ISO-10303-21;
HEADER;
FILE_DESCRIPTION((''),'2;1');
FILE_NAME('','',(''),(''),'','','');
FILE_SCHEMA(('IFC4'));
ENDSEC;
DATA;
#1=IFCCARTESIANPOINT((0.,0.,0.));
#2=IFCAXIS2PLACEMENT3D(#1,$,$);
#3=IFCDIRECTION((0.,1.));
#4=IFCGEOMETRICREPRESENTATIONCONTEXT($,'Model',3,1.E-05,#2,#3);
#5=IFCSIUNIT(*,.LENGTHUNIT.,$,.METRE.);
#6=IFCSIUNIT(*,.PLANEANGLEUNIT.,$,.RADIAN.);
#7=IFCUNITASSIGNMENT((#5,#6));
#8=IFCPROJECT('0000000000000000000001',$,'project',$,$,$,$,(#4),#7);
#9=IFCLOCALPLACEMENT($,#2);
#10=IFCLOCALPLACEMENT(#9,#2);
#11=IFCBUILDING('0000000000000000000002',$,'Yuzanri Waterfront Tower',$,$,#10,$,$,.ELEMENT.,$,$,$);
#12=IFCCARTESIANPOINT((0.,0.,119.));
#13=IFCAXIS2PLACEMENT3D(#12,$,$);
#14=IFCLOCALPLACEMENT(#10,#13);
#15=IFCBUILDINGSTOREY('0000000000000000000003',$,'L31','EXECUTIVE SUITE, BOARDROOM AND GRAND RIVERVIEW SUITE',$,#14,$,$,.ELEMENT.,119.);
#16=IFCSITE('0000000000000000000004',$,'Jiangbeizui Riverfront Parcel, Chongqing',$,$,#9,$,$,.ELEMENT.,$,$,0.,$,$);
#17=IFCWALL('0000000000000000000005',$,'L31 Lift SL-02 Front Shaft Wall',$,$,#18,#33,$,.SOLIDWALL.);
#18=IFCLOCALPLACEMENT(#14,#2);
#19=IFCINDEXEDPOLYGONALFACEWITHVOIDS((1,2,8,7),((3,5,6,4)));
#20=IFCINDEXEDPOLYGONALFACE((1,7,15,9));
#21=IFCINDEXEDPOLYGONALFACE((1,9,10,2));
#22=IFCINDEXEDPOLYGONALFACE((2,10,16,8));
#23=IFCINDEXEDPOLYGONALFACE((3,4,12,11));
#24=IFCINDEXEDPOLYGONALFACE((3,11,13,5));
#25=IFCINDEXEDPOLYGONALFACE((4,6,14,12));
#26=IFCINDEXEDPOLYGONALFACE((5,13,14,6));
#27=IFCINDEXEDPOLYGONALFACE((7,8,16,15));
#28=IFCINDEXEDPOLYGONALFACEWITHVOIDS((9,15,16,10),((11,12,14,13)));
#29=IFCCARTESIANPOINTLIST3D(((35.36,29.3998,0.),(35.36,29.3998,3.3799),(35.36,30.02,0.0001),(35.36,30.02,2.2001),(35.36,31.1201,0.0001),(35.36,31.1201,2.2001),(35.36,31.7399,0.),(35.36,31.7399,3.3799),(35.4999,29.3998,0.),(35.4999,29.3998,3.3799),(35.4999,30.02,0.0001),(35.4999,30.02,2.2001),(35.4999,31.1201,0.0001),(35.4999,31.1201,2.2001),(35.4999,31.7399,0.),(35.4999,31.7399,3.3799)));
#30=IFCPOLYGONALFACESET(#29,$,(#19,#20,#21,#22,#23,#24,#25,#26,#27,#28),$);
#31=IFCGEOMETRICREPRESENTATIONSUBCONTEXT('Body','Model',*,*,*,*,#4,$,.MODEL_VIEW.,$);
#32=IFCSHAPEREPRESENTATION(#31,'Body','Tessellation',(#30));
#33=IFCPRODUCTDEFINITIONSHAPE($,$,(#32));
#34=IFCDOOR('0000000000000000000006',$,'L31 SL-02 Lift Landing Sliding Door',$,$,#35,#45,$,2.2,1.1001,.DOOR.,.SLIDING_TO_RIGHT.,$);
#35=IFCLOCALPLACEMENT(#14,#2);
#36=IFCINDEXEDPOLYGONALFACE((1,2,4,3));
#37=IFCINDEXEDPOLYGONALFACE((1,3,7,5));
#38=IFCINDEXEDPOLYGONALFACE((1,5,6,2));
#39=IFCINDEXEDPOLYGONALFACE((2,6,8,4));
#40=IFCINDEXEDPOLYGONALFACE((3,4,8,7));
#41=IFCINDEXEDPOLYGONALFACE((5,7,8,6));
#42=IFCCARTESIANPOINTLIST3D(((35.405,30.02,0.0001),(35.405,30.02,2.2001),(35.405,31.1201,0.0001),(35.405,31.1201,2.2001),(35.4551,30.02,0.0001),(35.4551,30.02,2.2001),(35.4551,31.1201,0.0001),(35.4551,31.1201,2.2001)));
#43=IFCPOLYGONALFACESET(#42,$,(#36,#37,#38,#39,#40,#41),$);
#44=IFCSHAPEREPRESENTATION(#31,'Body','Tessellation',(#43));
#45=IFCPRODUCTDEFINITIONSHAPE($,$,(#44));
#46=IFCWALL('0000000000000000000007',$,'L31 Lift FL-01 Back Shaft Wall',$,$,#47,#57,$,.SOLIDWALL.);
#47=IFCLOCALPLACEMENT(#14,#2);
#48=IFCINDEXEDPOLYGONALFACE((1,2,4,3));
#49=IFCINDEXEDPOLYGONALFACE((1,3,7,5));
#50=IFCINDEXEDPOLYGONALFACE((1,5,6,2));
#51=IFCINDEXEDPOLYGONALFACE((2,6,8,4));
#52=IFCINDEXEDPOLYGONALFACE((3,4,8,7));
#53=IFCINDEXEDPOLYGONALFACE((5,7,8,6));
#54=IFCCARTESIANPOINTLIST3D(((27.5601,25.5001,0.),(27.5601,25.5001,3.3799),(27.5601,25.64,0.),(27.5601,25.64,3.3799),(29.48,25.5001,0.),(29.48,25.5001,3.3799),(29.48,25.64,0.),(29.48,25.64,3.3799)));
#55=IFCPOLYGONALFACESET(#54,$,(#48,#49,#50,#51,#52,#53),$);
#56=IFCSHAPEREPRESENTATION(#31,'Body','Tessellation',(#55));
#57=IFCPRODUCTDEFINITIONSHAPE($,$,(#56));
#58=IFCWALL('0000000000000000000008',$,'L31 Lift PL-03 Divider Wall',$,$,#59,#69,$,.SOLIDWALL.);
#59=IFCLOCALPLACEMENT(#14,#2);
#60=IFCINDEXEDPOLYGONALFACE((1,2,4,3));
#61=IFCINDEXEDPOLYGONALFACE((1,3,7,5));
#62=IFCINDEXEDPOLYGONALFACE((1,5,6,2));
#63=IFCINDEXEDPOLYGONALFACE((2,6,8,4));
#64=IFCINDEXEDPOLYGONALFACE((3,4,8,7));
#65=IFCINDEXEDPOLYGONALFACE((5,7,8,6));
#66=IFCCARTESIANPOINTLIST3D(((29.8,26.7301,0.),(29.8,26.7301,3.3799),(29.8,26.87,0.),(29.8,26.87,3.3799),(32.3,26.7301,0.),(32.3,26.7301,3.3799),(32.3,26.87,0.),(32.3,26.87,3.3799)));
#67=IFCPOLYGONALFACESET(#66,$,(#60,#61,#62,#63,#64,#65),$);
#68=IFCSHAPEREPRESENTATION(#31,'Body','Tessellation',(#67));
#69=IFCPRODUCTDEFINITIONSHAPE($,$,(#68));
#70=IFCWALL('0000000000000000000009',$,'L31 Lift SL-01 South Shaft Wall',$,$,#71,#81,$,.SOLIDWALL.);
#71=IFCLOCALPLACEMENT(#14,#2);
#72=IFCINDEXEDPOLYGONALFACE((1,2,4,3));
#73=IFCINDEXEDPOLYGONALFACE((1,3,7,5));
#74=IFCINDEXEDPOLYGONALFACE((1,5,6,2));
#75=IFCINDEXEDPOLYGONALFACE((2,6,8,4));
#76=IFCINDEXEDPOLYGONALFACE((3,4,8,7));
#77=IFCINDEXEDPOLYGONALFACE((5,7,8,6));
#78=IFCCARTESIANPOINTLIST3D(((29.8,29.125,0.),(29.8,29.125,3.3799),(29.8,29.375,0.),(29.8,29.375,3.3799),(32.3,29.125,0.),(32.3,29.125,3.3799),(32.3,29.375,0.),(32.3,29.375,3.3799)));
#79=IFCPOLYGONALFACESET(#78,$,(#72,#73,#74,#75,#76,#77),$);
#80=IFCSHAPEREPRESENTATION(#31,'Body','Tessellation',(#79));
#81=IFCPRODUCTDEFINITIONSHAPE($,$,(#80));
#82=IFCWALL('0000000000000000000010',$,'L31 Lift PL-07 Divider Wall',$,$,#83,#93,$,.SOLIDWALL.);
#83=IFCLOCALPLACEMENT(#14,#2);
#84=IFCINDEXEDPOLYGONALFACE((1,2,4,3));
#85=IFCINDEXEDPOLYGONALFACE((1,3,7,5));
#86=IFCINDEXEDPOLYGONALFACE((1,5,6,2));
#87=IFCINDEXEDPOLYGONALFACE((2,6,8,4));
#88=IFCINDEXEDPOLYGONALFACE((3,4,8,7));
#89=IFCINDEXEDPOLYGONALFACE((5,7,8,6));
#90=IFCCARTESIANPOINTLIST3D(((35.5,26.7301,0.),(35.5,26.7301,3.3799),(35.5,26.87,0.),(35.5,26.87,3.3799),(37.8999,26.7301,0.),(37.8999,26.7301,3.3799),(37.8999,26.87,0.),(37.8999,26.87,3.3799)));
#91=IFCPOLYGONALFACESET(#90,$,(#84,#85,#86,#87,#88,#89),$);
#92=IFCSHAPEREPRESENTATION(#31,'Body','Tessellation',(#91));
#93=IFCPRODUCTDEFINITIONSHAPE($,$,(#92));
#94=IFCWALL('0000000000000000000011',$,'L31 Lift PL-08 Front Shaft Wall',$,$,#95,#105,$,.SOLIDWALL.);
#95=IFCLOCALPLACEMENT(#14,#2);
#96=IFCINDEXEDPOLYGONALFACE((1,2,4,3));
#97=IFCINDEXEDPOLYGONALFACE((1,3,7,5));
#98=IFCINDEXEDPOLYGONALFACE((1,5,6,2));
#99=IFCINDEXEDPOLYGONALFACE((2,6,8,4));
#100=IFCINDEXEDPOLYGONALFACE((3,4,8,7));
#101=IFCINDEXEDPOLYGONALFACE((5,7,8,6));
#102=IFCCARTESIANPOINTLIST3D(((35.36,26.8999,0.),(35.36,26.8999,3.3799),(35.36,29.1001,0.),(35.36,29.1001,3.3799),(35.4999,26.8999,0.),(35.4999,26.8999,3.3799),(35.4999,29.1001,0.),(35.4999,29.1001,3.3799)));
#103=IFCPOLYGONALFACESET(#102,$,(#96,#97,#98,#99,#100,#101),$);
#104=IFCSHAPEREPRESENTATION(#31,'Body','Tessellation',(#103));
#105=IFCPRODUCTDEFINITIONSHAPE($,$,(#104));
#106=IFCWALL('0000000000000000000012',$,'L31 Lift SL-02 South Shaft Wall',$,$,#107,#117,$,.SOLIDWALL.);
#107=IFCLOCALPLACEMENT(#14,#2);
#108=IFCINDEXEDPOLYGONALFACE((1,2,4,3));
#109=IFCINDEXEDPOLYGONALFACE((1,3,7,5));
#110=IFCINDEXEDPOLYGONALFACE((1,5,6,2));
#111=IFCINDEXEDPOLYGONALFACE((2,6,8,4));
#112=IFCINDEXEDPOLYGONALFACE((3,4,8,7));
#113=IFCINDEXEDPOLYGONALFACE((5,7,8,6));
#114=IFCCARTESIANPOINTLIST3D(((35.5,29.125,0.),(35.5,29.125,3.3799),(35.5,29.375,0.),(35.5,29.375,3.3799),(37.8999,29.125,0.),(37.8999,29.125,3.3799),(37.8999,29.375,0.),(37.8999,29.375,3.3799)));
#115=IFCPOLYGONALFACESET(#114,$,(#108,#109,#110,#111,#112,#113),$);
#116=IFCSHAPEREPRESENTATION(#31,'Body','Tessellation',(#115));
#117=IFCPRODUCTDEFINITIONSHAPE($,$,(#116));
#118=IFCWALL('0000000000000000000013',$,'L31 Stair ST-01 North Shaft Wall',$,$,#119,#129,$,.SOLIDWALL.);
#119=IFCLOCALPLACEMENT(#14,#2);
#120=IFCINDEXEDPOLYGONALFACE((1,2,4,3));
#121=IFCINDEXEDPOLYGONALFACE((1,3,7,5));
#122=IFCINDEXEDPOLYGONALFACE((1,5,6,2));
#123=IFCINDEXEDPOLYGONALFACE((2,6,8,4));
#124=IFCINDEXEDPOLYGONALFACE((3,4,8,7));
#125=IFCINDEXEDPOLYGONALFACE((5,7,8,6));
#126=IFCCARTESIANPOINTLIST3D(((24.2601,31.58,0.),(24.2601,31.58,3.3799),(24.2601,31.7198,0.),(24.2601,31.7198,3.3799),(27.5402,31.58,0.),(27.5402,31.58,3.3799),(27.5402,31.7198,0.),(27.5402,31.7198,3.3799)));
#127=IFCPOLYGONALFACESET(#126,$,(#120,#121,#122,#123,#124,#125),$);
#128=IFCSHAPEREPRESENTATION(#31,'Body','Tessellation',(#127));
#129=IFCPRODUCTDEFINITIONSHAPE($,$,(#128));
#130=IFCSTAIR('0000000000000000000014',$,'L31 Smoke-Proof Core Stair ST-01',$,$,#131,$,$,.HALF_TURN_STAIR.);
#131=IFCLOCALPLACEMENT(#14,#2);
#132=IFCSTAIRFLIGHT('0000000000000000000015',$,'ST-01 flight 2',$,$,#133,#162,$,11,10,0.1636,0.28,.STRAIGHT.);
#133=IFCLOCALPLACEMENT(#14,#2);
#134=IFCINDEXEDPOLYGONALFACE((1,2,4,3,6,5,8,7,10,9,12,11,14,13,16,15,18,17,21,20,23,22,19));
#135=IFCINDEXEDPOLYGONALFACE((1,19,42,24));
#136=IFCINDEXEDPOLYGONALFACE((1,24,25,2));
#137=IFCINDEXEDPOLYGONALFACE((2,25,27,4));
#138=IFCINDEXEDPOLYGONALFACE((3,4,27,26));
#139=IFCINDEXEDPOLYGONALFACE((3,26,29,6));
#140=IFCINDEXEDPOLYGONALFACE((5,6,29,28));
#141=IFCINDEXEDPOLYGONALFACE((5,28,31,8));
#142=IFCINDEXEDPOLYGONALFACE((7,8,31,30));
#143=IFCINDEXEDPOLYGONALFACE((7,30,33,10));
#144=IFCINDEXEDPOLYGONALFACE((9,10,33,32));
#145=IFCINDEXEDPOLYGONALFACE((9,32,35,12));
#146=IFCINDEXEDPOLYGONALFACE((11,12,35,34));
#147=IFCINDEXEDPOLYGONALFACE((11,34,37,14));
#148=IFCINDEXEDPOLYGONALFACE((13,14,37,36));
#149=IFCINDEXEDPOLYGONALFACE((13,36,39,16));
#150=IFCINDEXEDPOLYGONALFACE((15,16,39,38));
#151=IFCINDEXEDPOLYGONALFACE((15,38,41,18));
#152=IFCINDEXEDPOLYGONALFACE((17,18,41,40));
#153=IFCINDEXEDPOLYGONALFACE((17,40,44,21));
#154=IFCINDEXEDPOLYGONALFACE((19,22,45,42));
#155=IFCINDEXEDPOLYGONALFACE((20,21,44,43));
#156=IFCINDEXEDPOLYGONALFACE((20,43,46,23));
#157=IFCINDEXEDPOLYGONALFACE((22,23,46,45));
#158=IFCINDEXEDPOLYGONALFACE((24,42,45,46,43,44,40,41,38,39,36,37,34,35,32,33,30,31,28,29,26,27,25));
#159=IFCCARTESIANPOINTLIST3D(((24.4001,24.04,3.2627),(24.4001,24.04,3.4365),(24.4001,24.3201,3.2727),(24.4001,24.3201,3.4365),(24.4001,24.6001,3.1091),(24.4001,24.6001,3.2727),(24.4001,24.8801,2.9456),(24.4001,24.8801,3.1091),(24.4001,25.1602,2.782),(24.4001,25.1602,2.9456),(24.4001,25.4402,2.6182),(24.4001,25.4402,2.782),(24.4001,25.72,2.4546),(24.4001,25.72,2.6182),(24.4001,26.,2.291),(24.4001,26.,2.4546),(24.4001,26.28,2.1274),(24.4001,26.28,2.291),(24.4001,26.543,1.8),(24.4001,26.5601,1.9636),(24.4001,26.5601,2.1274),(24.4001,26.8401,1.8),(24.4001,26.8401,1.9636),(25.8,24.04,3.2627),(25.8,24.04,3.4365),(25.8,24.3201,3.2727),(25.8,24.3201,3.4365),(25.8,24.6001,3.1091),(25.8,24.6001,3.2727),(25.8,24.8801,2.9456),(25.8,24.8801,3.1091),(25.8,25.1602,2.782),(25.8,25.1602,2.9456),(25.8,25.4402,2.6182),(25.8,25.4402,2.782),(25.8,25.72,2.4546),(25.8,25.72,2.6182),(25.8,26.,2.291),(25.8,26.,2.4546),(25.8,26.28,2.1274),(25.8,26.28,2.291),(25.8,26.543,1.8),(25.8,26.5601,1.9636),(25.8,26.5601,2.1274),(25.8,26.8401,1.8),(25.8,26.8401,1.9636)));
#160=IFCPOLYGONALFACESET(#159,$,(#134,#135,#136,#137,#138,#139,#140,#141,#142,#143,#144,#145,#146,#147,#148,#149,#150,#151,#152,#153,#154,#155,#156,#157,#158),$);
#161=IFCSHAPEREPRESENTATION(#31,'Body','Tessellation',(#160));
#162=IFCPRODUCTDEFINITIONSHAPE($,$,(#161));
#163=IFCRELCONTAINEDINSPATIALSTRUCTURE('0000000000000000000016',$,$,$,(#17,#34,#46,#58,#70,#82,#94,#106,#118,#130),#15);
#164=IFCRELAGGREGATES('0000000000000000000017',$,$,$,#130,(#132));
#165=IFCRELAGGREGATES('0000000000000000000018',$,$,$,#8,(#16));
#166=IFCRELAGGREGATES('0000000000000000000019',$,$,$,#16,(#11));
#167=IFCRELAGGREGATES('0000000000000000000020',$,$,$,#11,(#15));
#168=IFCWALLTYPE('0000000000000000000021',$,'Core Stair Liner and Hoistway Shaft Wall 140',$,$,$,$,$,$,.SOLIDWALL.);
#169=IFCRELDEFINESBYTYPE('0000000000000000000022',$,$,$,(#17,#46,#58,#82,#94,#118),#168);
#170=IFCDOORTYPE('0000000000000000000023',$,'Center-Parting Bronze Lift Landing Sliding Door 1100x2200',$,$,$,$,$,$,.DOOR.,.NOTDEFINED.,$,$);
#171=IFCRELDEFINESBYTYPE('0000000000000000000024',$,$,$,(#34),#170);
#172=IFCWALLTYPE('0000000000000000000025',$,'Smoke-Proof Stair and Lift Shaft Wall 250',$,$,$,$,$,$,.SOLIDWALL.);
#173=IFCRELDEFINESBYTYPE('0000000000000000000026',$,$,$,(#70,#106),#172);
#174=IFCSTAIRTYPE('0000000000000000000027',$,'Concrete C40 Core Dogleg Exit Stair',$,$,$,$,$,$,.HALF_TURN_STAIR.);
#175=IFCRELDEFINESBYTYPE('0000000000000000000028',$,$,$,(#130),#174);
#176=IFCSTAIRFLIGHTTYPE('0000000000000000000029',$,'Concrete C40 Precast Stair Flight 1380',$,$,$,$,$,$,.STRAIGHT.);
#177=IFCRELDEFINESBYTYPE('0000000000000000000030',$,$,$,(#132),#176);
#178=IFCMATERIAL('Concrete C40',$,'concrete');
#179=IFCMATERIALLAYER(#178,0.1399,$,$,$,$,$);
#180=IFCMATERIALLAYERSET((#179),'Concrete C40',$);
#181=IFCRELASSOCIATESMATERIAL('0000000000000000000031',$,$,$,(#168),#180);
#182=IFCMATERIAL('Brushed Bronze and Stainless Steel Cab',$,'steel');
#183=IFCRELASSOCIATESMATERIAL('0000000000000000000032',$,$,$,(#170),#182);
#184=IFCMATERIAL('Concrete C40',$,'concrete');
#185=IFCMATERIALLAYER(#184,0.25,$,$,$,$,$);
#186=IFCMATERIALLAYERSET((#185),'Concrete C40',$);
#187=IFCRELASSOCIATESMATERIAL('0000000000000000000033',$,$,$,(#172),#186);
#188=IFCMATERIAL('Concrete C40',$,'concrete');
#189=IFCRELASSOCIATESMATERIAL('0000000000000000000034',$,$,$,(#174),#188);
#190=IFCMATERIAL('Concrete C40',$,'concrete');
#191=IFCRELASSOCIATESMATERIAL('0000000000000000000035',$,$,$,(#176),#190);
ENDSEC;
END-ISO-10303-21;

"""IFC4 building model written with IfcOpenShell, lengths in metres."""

from ifc_helpers import new_model, si_unit, direction, frame, frame_2d, origin, place, context, subcontext, project, spatial, polyline, rectangle, outline, extrude, source, transform, mapped, material, layer, layer_set, type_object, element, fill, aggregate, save


model = new_model("IFC4")

# Units and contexts
model_context = context("Model", 3, precision=1e-05, world=origin(), true_north=direction((0.0, 1.0)))
body_context = subcontext(model_context, "Body", "Model", "MODEL_VIEW")
ifc_project = project(units=[si_unit("LENGTHUNIT", "METRE"), si_unit("PLANEANGLEUNIT", "RADIAN")], contexts=[model_context])

# Site, building, storey
site_placement = place(None, origin())
site = spatial("IfcSite", under=ifc_project, at=site_placement, Name="Jiangbeizui Riverfront Parcel, Chongqing", CompositionType="ELEMENT", RefElevation=0.0)
building_placement = place(site_placement, origin())
building = spatial("IfcBuilding", under=site, at=building_placement, Name="Yuzanri Waterfront Tower", CompositionType="ELEMENT")
storey_placement = place(building_placement, frame((0.0, 0.0, 119.0)))
storey = spatial("IfcBuildingStorey", under=building, at=storey_placement, Name="L31", Description="EXECUTIVE SUITE, BOARDROOM AND GRAND RIVERVIEW SUITE", CompositionType="ELEMENT", Elevation=119.0)

# Wall, opening, door
ifc_material_1 = material(Name="Concrete C40", Category="concrete")
ifc_layer_1 = layer(ifc_material_1, 0.1399)
ifc_layer_set_1 = layer_set([ifc_layer_1], Name="Concrete C40")
wall_type_1 = type_object("IfcWallType", Name="Core Stair Liner and Hoistway Shaft Wall 140", PredefinedType="SOLIDWALL", material=ifc_layer_set_1)
ifc_material_2 = material(Name="Brushed Bronze and Stainless Steel Cab", Category="steel")
door_type_1 = type_object("IfcDoorType", Name="Center-Parting Bronze Lift Landing Sliding Door 1100x2200", OperationType="NOTDEFINED", PredefinedType="DOOR", material=ifc_material_2)
shared_shape_1 = source(origin(), body_context, "Body", "SweptSolid", [
    extrude(rectangle(XDim=1.1001, YDim=2.2, at=frame_2d((0.55, 1.1001))), frame((0.0, 0.0249, 0.0), z_axis=(0.0, -1.0, 0.0), x_axis=(1.0, 0.0, 0.0)), (0.0, 0.0, 1.0), 0.05),
])
wall_1_placement = place(storey_placement, frame((35.4299, 29.3999, 0.0), z_axis=(0.0, 0.0, 1.0), x_axis=(0.0, 1.0, 0.0)))
wall_1 = element("IfcWall", 1, at=wall_1_placement, inside=storey, type_object=wall_type_1, Name="L31 Lift SL-02 Front Shaft Wall", PredefinedType="SOLIDWALL", context=body_context, shape_type="SweptSolid", body=[
    extrude(rectangle(XDim=2.3401, YDim=0.1399, at=frame_2d((1.1699, 0.0))), origin(), (0.0, 0.0, 1.0), 3.3799),
])
opening_1_placement = place(wall_1_placement, frame((0.6201, 0.0, 0.0)))
opening_1 = element("IfcOpeningElement", 2, at=opening_1_placement, cuts=wall_1, PredefinedType="OPENING", context=body_context, shape_type="SweptSolid", body=[
    extrude(rectangle(XDim=1.1001, YDim=2.2, at=frame_2d((0.55, 1.1001))), frame((0.0, 0.085, 0.0), z_axis=(0.0, -1.0, 0.0), x_axis=(1.0, 0.0, 0.0)), (0.0, 0.0, 1.0), 0.1697),
])
door_1_placement = place(opening_1_placement, origin())
door_1 = element("IfcDoor", 3, at=door_1_placement, inside=storey, type_object=door_type_1, Name="L31 SL-02 Lift Landing Sliding Door", OperationType="SLIDING_TO_RIGHT", OverallHeight=2.2, OverallWidth=1.1001, PredefinedType="DOOR", context=body_context, shape_type="MappedRepresentation", body=[
    mapped(shared_shape_1, transform((0.0, 0.0, 0.0), scale=1.0)),
])
fill(opening_1, door_1)

# Walls
shared_shape_2 = source(origin(), body_context, "Body", "SweptSolid", [
    extrude(rectangle(XDim=1.9199, YDim=0.1399, at=frame_2d((0.96, 0.0))), origin(), (0.0, 0.0, 1.0), 3.3799),
])
wall_2_placement = place(storey_placement, frame((27.5601, 25.5701, 0.0), z_axis=(0.0, 0.0, 1.0), x_axis=(1.0, 0.0, 0.0)))
element("IfcWall", 4, at=wall_2_placement, inside=storey, type_object=wall_type_1, Name="L31 Lift FL-01 Back Shaft Wall", PredefinedType="SOLIDWALL", context=body_context, shape_type="MappedRepresentation", body=[
    mapped(shared_shape_2, transform((0.0, 0.0, 0.0), scale=1.0)),
])
shared_shape_3 = source(origin(), body_context, "Body", "SweptSolid", [
    extrude(rectangle(XDim=2.5, YDim=0.1399, at=frame_2d((1.25, 0.0))), origin(), (0.0, 0.0, 1.0), 3.3799),
])
wall_3_placement = place(storey_placement, frame((29.8, 26.8, 0.0), z_axis=(0.0, 0.0, 1.0), x_axis=(1.0, 0.0, 0.0)))
element("IfcWall", 5, at=wall_3_placement, inside=storey, type_object=wall_type_1, Name="L31 Lift PL-03 Divider Wall", PredefinedType="SOLIDWALL", context=body_context, shape_type="MappedRepresentation", body=[
    mapped(shared_shape_3, transform((0.0, 0.0, 0.0), scale=1.0)),
])
ifc_material_3 = material(Name="Concrete C40", Category="concrete")
ifc_layer_2 = layer(ifc_material_3, 0.25)
ifc_layer_set_2 = layer_set([ifc_layer_2], Name="Concrete C40")
wall_type_2 = type_object("IfcWallType", Name="Smoke-Proof Stair and Lift Shaft Wall 250", PredefinedType="SOLIDWALL", material=ifc_layer_set_2)
shared_shape_4 = source(origin(), body_context, "Body", "SweptSolid", [
    extrude(rectangle(XDim=2.5, YDim=0.25, at=frame_2d((1.25, 0.0))), origin(), (0.0, 0.0, 1.0), 3.3799),
])
wall_4_placement = place(storey_placement, frame((29.8, 29.25, 0.0), z_axis=(0.0, 0.0, 1.0), x_axis=(1.0, 0.0, 0.0)))
element("IfcWall", 6, at=wall_4_placement, inside=storey, type_object=wall_type_2, Name="L31 Lift SL-01 South Shaft Wall", PredefinedType="SOLIDWALL", context=body_context, shape_type="MappedRepresentation", body=[
    mapped(shared_shape_4, transform((0.0, 0.0, 0.0), scale=1.0)),
])
shared_shape_5 = source(origin(), body_context, "Body", "SweptSolid", [
    extrude(rectangle(XDim=2.3999, YDim=0.1399, at=frame_2d((1.2, 0.0))), origin(), (0.0, 0.0, 1.0), 3.3799),
])
wall_5_placement = place(storey_placement, frame((35.5, 26.8, 0.0), z_axis=(0.0, 0.0, 1.0), x_axis=(1.0, 0.0, 0.0)))
element("IfcWall", 7, at=wall_5_placement, inside=storey, type_object=wall_type_1, Name="L31 Lift PL-07 Divider Wall", PredefinedType="SOLIDWALL", context=body_context, shape_type="MappedRepresentation", body=[
    mapped(shared_shape_5, transform((0.0, 0.0, 0.0), scale=1.0)),
])
shared_shape_6 = source(origin(), body_context, "Body", "SweptSolid", [
    extrude(rectangle(XDim=2.2002, YDim=0.1399, at=frame_2d((1.1001, 0.0))), origin(), (0.0, 0.0, 1.0), 3.3799),
])
wall_6_placement = place(storey_placement, frame((35.4299, 26.8999, 0.0), z_axis=(0.0, 0.0, 1.0), x_axis=(0.0, 1.0, 0.0)))
element("IfcWall", 8, at=wall_6_placement, inside=storey, type_object=wall_type_1, Name="L31 Lift PL-08 Front Shaft Wall", PredefinedType="SOLIDWALL", context=body_context, shape_type="MappedRepresentation", body=[
    mapped(shared_shape_6, transform((0.0, 0.0, 0.0), scale=1.0)),
])
shared_shape_7 = source(origin(), body_context, "Body", "SweptSolid", [
    extrude(rectangle(XDim=2.3999, YDim=0.25, at=frame_2d((1.2, 0.0))), origin(), (0.0, 0.0, 1.0), 3.3799),
])
wall_7_placement = place(storey_placement, frame((35.5, 29.25, 0.0), z_axis=(0.0, 0.0, 1.0), x_axis=(1.0, 0.0, 0.0)))
element("IfcWall", 9, at=wall_7_placement, inside=storey, type_object=wall_type_2, Name="L31 Lift SL-02 South Shaft Wall", PredefinedType="SOLIDWALL", context=body_context, shape_type="MappedRepresentation", body=[
    mapped(shared_shape_7, transform((0.0, 0.0, 0.0), scale=1.0)),
])
shared_shape_8 = source(origin(), body_context, "Body", "SweptSolid", [
    extrude(rectangle(XDim=3.28, YDim=0.1399, at=frame_2d((1.6401, 0.0))), origin(), (0.0, 0.0, 1.0), 3.3799),
])
wall_8_placement = place(storey_placement, frame((24.26, 31.6499, 0.0), z_axis=(0.0, 0.0, 1.0), x_axis=(1.0, 0.0, 0.0)))
element("IfcWall", 10, at=wall_8_placement, inside=storey, type_object=wall_type_1, Name="L31 Stair ST-01 North Shaft Wall", PredefinedType="SOLIDWALL", context=body_context, shape_type="MappedRepresentation", body=[
    mapped(shared_shape_8, transform((0.0, 0.0, 0.0), scale=1.0)),
])

# Stair, stair flight
ifc_material_4 = material(Name="Concrete C40", Category="concrete")
stair_type = type_object("IfcStairType", Name="Concrete C40 Core Dogleg Exit Stair", PredefinedType="HALF_TURN_STAIR", material=ifc_material_4)
stair_placement = place(storey_placement, origin())
stair = element("IfcStair", 11, at=stair_placement, inside=storey, type_object=stair_type, Name="L31 Smoke-Proof Core Stair ST-01", PredefinedType="HALF_TURN_STAIR")
ifc_material_5 = material(Name="Concrete C40", Category="concrete")
stair_flight_type = type_object("IfcStairFlightType", Name="Concrete C40 Precast Stair Flight 1380", PredefinedType="STRAIGHT", material=ifc_material_5)
shared_shape_9 = source(origin(), body_context, "Body", "SweptSolid", [
    extrude(outline(polyline([(0.0, 0.0), (0.0, 0.1636), (0.28, 0.1636), (0.28, 0.3274), (0.5601, 0.3274), (0.5601, 0.491), (0.8401, 0.491), (0.8401, 0.6545), (1.1201, 0.6545), (1.1201, 0.8181), (1.3999, 0.8181), (1.3999, 0.9819), (1.6799, 0.9819), (1.6799, 1.1455), (1.96, 1.1455), (1.96, 1.3091), (2.24, 1.3091), (2.24, 1.4727), (2.52, 1.4727), (2.52, 1.6365), (2.8, 1.6365), (2.8, 1.8), (2.8, 1.4626), (0.2971, 0.0), (0.0, 0.0)])), frame((0.0, 0.7, 0.0), z_axis=(0.0, -1.0, 0.0), x_axis=(1.0, 0.0, 0.0)), (0.0, 0.0, 1.0), 1.3999),
])
stair_flight_placement = place(storey_placement, frame((25.1001, 26.8401, 1.8), z_axis=(0.0, 0.0, 1.0), x_axis=(0.0, -1.0, 0.0)))
stair_flight = element("IfcStairFlight", 12, at=stair_flight_placement, type_object=stair_flight_type, Name="ST-01 flight 2", NumberOfRisers=11, NumberOfTreads=10, PredefinedType="STRAIGHT", RiserHeight=0.1636, TreadLength=0.28, context=body_context, shape_type="MappedRepresentation", body=[
    mapped(shared_shape_9, transform((0.0, 0.0, 0.0), scale=1.0)),
])
aggregate(stair, [stair_flight])

save(model, "model.ifc")
